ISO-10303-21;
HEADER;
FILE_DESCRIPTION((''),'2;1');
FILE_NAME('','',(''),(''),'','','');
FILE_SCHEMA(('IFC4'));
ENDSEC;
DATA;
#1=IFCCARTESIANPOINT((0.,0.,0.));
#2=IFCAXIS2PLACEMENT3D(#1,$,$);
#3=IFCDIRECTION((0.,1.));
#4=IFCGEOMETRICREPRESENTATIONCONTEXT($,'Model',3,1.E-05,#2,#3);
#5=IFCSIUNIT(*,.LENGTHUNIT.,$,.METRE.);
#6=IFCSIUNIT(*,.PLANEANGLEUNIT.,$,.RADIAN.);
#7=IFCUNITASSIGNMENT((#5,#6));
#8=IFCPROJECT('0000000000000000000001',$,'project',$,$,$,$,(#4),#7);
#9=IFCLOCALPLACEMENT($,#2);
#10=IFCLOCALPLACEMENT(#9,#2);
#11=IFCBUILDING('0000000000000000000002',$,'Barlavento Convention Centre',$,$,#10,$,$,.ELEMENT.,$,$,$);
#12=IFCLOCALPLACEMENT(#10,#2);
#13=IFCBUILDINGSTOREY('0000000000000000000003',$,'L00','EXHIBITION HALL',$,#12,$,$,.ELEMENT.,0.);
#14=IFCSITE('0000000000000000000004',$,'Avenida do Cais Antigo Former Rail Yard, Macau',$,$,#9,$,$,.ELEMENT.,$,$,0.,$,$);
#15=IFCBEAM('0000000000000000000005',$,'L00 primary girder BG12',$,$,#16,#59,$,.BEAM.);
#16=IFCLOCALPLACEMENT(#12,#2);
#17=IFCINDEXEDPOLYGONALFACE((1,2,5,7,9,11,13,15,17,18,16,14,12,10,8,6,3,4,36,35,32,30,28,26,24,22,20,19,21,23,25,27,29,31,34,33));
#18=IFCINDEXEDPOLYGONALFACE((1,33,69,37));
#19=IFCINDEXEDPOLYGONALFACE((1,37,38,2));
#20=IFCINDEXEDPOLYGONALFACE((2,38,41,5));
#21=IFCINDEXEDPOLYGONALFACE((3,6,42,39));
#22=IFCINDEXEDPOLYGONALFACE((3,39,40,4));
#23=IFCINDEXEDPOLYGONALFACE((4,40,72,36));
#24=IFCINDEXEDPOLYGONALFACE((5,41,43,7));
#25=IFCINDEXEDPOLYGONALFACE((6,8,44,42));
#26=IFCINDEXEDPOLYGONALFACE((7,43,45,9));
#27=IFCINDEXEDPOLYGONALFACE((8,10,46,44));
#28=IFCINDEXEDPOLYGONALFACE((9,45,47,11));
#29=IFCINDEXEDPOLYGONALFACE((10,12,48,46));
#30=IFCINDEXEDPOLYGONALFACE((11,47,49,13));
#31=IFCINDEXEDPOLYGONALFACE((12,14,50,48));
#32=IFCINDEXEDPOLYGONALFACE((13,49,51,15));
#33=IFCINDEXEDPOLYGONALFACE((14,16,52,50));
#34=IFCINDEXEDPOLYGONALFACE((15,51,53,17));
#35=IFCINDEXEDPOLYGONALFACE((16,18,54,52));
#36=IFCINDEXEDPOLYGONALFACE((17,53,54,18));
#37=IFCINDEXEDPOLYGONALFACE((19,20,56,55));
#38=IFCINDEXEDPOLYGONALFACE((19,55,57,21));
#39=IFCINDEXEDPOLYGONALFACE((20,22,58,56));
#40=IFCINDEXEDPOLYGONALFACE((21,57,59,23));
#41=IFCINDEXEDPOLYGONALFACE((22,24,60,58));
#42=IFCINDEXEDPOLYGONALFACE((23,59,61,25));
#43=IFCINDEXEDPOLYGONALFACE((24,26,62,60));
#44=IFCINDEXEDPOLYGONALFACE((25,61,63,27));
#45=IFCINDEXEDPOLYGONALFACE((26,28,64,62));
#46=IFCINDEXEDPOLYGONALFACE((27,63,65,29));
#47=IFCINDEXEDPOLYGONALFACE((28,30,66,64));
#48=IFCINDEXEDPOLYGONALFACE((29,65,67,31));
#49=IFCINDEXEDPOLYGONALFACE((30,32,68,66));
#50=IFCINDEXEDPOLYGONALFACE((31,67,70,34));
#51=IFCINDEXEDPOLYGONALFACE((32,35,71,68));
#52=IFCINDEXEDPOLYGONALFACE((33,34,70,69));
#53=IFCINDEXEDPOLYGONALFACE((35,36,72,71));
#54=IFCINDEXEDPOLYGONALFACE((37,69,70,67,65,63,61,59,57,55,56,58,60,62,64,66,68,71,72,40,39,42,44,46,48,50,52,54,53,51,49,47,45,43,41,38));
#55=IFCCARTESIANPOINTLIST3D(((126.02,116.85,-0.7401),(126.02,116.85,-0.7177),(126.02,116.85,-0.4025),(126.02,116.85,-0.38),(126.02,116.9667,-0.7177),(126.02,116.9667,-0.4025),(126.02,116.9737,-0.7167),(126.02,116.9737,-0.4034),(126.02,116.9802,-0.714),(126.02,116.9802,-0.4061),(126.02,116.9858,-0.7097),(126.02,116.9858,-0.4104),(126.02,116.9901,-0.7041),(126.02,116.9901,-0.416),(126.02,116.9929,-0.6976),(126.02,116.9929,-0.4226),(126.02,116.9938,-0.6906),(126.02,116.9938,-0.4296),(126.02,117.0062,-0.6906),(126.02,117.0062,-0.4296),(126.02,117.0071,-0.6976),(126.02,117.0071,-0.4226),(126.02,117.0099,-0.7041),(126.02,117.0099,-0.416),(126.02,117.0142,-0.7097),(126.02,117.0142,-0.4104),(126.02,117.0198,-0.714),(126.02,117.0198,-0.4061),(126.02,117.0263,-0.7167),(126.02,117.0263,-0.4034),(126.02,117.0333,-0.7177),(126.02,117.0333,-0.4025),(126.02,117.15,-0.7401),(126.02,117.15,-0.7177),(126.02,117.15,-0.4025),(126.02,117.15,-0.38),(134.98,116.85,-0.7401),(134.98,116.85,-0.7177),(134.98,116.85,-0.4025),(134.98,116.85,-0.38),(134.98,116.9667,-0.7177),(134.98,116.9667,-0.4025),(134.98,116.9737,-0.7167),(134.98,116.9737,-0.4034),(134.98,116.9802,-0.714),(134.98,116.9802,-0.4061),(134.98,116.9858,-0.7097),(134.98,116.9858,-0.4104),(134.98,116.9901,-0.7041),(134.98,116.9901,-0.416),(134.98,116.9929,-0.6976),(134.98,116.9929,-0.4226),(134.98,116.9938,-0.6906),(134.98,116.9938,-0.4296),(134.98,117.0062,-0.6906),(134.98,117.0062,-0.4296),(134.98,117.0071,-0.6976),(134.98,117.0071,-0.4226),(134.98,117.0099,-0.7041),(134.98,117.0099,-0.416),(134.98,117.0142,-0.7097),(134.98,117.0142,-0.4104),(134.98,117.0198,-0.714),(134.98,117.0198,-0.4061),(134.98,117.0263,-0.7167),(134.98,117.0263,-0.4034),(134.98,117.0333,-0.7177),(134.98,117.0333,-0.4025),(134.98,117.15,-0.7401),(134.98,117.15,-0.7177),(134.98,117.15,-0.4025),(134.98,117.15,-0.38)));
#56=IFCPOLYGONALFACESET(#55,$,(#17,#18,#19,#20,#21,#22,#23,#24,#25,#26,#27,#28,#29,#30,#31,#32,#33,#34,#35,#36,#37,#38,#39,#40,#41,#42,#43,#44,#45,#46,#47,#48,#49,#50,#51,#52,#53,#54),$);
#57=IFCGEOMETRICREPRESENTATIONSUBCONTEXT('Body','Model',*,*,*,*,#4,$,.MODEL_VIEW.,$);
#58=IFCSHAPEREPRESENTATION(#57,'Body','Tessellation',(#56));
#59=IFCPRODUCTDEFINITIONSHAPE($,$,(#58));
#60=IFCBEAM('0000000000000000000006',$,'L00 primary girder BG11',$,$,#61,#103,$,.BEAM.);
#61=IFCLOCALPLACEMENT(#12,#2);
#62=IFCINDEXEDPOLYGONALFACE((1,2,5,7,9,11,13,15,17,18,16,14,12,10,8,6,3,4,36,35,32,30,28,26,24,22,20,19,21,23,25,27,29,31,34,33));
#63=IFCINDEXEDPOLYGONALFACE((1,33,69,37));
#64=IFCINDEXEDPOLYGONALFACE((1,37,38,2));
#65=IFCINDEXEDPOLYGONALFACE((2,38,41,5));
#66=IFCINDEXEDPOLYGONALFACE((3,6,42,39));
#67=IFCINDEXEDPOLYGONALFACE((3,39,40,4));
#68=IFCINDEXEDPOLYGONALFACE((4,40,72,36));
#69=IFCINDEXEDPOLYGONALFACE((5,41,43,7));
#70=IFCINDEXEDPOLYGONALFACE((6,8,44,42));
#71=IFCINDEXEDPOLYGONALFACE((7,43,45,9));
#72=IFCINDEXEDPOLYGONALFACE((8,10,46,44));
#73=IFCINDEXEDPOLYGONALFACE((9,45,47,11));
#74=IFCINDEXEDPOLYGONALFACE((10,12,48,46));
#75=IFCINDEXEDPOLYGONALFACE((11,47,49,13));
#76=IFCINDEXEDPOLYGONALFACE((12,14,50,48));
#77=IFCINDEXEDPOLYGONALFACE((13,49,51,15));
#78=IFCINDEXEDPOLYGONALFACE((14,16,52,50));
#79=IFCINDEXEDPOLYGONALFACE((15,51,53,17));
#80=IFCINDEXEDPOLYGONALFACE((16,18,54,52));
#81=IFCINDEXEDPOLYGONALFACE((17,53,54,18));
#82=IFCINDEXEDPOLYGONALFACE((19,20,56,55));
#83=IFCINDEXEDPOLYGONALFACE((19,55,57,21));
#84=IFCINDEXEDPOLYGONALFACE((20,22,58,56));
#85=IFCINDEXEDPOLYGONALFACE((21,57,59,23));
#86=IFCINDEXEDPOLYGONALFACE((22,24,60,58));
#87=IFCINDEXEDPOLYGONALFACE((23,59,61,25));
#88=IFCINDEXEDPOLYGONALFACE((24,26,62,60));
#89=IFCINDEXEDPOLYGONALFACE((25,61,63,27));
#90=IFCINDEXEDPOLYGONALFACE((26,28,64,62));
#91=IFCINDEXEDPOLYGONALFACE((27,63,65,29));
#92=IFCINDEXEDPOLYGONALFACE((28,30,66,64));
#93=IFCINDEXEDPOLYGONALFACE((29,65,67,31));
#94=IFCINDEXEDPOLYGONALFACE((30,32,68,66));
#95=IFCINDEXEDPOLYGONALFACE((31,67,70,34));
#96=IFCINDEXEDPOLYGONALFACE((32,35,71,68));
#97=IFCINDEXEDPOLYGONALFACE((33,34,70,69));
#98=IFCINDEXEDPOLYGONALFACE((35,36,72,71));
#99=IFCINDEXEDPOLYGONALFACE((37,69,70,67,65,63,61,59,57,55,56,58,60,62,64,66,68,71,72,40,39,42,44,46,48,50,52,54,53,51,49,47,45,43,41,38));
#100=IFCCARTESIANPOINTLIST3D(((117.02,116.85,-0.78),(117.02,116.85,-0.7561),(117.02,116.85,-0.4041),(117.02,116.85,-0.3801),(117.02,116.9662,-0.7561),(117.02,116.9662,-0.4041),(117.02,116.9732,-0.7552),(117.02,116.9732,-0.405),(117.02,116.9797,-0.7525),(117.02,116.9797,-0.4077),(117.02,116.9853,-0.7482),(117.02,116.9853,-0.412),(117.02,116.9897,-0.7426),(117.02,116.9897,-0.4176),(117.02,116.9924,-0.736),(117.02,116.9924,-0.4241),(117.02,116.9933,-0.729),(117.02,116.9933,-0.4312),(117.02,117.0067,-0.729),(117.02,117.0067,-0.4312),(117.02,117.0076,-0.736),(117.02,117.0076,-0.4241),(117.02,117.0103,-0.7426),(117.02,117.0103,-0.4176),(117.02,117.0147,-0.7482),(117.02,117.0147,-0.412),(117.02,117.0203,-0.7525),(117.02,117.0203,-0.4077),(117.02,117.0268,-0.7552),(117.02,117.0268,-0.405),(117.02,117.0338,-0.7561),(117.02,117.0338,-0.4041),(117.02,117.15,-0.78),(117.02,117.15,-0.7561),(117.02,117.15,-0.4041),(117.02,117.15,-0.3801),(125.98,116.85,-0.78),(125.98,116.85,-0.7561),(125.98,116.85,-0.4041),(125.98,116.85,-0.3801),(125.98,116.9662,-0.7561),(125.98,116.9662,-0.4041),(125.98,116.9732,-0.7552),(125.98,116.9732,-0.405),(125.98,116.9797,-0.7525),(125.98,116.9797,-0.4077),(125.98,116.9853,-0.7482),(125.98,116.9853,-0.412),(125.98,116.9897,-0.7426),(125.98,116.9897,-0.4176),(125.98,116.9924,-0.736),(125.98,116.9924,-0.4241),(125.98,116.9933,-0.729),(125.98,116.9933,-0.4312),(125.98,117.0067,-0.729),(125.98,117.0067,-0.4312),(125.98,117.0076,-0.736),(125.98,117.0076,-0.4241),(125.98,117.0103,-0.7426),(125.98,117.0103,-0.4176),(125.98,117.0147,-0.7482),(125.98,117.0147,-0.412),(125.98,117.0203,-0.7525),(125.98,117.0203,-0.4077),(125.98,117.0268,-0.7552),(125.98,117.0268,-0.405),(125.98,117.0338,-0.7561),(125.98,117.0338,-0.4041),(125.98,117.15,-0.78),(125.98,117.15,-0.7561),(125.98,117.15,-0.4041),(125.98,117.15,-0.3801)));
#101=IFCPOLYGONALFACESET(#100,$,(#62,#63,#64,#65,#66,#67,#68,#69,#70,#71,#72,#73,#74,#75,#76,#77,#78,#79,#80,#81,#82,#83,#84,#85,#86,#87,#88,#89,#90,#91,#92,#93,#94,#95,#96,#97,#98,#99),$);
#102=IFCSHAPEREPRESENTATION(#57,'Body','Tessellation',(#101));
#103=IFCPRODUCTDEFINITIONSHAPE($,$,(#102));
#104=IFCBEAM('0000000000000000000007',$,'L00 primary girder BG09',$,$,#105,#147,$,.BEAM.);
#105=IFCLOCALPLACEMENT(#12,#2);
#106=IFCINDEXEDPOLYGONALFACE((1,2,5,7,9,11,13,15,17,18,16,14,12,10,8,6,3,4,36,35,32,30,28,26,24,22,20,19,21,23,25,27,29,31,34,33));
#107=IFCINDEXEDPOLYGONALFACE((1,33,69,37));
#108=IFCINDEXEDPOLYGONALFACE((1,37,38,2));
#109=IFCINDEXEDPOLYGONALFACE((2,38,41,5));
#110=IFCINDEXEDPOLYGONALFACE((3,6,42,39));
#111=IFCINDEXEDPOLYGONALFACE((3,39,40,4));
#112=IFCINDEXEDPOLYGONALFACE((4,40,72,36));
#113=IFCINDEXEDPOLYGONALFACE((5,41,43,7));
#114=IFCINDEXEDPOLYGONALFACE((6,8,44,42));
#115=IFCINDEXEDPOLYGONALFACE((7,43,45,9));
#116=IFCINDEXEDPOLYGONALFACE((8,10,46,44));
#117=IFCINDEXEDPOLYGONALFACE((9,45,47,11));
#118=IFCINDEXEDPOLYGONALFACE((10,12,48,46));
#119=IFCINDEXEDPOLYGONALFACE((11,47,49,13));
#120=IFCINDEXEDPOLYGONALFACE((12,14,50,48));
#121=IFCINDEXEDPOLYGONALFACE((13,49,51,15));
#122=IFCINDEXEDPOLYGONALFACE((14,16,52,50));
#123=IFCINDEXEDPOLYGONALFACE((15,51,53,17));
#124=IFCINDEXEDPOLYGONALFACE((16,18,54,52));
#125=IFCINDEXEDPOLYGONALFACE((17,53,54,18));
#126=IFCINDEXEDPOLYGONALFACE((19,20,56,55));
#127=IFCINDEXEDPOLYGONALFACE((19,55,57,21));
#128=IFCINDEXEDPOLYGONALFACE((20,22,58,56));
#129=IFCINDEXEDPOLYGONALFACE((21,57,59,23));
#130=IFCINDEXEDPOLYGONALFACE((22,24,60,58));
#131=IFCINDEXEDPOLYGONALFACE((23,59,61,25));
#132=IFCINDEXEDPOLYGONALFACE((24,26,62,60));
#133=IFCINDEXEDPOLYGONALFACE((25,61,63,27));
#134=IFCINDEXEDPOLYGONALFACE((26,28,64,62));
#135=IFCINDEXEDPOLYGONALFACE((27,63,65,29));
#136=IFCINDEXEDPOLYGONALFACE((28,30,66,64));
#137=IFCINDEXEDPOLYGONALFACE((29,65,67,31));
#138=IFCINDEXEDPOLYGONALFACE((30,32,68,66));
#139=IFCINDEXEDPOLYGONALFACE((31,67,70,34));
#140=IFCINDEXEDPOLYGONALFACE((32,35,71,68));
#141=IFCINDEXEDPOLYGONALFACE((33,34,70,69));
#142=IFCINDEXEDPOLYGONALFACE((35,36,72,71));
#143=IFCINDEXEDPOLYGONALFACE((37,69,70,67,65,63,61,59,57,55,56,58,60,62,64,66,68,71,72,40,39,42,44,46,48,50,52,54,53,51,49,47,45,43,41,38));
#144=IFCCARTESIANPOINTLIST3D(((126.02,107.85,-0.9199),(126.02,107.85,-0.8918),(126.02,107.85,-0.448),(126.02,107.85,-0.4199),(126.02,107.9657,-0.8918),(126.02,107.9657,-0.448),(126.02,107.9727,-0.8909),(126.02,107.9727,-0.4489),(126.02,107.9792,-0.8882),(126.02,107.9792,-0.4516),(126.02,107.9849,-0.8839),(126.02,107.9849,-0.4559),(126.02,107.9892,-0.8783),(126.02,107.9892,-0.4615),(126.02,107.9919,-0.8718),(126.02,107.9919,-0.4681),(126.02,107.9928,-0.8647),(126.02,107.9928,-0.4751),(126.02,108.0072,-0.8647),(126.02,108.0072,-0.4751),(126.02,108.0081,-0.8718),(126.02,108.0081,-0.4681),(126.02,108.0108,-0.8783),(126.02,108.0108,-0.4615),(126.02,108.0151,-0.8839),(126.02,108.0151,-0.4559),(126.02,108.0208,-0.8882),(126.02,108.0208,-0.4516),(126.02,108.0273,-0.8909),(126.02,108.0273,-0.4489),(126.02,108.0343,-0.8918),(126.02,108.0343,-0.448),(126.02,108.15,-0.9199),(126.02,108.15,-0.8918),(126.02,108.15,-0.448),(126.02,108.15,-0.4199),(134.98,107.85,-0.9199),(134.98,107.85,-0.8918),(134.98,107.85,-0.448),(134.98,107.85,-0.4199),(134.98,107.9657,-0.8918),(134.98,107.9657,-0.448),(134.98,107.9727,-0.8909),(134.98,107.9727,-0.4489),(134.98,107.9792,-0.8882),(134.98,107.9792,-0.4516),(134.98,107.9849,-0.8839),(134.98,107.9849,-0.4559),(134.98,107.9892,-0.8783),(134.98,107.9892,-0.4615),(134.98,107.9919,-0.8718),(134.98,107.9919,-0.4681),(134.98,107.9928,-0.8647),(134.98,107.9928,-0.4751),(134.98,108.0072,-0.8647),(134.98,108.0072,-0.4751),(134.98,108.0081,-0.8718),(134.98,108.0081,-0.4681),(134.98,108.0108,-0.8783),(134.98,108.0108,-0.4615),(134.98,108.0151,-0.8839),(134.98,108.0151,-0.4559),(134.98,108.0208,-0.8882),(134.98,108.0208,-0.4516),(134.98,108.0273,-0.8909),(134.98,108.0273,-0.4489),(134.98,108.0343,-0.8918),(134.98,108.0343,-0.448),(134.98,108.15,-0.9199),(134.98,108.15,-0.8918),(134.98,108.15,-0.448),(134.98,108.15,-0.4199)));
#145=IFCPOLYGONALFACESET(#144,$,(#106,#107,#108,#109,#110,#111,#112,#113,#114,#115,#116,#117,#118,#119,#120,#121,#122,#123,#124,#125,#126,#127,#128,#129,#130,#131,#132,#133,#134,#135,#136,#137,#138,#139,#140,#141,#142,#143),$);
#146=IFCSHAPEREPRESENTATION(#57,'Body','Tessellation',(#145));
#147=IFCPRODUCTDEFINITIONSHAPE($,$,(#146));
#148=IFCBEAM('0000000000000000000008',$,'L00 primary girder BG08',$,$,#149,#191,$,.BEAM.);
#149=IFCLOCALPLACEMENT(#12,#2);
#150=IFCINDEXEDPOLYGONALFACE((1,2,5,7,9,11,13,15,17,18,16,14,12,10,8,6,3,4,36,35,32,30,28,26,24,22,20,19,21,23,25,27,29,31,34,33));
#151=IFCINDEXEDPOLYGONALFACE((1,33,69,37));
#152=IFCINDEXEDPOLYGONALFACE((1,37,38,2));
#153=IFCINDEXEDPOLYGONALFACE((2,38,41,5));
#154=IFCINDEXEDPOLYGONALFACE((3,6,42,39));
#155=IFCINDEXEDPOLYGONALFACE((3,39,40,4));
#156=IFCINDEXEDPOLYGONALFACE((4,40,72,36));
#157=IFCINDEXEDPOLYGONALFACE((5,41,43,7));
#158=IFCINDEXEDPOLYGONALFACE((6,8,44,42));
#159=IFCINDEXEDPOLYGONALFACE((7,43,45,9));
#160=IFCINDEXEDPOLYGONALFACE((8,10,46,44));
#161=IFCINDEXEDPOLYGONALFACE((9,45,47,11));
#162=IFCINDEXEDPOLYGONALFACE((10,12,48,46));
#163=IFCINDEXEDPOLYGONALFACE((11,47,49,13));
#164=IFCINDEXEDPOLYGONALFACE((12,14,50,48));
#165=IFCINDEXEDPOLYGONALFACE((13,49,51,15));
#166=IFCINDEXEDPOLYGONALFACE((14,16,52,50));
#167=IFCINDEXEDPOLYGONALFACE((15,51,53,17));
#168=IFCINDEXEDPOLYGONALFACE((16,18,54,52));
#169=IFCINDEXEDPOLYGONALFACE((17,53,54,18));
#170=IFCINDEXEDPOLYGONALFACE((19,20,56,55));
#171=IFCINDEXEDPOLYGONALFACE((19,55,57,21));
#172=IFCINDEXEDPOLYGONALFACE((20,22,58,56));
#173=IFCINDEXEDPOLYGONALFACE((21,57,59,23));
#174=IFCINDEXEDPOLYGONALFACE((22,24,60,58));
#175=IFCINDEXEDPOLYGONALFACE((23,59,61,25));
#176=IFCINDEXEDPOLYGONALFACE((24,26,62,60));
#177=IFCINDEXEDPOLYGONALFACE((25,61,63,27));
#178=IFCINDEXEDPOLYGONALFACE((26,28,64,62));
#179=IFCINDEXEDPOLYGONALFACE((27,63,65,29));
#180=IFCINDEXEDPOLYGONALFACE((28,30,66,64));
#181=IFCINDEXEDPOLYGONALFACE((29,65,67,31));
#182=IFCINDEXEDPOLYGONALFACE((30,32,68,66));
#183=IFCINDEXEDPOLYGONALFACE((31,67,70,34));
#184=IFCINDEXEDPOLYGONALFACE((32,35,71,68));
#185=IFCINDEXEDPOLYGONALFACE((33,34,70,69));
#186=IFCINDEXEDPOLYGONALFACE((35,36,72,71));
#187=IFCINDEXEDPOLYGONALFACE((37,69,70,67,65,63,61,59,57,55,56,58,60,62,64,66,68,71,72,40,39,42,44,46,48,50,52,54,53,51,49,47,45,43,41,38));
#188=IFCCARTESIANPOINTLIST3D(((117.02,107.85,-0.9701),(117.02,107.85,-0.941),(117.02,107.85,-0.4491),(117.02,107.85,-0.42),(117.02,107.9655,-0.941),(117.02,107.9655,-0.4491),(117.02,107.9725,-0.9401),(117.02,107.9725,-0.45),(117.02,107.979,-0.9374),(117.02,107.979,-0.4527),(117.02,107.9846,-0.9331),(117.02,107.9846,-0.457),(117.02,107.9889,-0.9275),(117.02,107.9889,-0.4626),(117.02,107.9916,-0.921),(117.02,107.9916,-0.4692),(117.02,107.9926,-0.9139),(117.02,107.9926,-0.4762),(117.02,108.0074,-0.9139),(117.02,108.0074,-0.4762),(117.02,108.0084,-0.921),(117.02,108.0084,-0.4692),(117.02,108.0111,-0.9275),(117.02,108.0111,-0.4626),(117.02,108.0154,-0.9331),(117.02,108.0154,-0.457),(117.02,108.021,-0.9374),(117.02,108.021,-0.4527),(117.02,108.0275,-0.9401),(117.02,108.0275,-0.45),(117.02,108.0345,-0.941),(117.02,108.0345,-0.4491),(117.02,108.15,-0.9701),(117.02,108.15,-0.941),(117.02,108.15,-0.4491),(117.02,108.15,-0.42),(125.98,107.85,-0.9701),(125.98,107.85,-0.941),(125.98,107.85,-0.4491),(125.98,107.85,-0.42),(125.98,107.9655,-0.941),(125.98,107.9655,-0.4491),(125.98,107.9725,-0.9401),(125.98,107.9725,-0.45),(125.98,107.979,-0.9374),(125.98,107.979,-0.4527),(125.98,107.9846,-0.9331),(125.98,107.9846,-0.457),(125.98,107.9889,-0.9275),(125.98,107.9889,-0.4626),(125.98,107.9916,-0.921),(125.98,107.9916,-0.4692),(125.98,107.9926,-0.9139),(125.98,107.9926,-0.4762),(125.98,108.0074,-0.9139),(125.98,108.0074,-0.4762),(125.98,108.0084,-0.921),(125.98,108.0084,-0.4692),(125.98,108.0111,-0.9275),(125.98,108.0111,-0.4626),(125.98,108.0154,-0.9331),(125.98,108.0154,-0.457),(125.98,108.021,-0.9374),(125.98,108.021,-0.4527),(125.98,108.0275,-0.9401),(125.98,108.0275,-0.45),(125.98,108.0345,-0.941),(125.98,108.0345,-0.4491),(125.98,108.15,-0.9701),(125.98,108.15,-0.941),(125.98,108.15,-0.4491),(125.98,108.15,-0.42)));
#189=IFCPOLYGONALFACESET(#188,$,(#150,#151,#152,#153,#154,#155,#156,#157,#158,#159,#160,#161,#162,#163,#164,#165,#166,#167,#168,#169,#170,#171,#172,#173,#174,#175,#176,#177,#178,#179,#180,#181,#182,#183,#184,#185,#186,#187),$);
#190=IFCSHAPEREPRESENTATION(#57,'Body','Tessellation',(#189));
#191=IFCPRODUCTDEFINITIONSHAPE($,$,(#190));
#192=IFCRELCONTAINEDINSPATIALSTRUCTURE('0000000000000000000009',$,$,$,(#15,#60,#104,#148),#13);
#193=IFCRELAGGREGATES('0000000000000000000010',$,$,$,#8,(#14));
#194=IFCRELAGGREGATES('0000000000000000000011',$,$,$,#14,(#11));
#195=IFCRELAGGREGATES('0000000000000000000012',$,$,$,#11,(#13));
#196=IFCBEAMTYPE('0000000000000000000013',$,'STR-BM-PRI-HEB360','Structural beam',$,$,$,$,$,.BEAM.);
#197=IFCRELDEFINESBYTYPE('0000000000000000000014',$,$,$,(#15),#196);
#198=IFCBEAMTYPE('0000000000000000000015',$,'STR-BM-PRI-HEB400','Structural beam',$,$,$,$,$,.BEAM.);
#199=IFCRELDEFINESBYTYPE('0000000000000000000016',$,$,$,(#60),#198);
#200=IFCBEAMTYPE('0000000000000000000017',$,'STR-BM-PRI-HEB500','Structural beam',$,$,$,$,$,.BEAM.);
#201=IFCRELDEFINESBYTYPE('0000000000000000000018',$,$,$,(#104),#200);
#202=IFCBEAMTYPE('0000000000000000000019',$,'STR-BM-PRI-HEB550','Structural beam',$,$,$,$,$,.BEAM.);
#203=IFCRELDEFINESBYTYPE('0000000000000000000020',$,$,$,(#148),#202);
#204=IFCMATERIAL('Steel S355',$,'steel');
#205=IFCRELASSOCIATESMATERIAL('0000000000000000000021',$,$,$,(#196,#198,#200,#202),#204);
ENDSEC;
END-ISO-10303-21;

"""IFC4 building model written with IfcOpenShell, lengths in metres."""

from ifc_helpers import new_model, si_unit, direction, frame, origin, origin_2d, place, context, subcontext, project, spatial, i_section, extrude, material, material_profile, profile_set, type_object, element, save


model = new_model("IFC4")

# Units and contexts
model_context = context("Model", 3, precision=1e-05, world=origin(), true_north=direction((0.0, 1.0)))
body_context = subcontext(model_context, "Body", "Model", "MODEL_VIEW")
ifc_project = project(units=[si_unit("LENGTHUNIT", "METRE"), si_unit("PLANEANGLEUNIT", "RADIAN")], contexts=[model_context])

# Site, building, storey
site_placement = place(None, origin())
site = spatial("IfcSite", under=ifc_project, at=site_placement, Name="Avenida do Cais Antigo Former Rail Yard, Macau", CompositionType="ELEMENT", RefElevation=0.0)
building_placement = place(site_placement, origin())
building = spatial("IfcBuilding", under=site, at=building_placement, Name="Barlavento Convention Centre", CompositionType="ELEMENT")
storey_placement = place(building_placement, origin())
storey = spatial("IfcBuildingStorey", under=building, at=storey_placement, Name="L00", Description="EXHIBITION HALL", CompositionType="ELEMENT", Elevation=0.0)

# Beams
ifc_material_1 = material(Name="Steel S355", Category="steel")
ifc_material_profile_1 = material_profile(ifc_material_1, i_section(OverallWidth=0.3, OverallDepth=0.3601, WebThickness=0.0125, FlangeThickness=0.0225, FilletRadius=0.0271, at=origin_2d()), Name="HEB 360")
ifc_profile_set_1 = profile_set([ifc_material_profile_1], Name="Steel S355")
beam_type_1 = type_object("IfcBeamType", Name="STR-BM-PRI-HEB360", Description="Structural beam", PredefinedType="BEAM", material=ifc_profile_set_1)
beam_1_placement = place(storey_placement, frame((126.02, 117.0, -0.5601), z_axis=(1.0, 0.0, 0.0), x_axis=(0.0, 1.0, 0.0)))
element("IfcBeam", 1, at=beam_1_placement, inside=storey, type_object=beam_type_1, Name="L00 primary girder BG12", PredefinedType="BEAM", context=body_context, shape_type="SweptSolid", body=[
    extrude(i_section(OverallWidth=0.3, OverallDepth=0.3601, WebThickness=0.0125, FlangeThickness=0.0225, FilletRadius=0.0271, at=origin_2d()), origin(), (0.0, 0.0, 1.0), 8.96),
])
ifc_material_profile_2 = material_profile(ifc_material_1, i_section(OverallWidth=0.3, OverallDepth=0.3999, WebThickness=0.0134, FlangeThickness=0.0239, FilletRadius=0.0271, at=origin_2d()), Name="HEB 400")
ifc_profile_set_2 = profile_set([ifc_material_profile_2], Name="Steel S355")
beam_type_2 = type_object("IfcBeamType", Name="STR-BM-PRI-HEB400", Description="Structural beam", PredefinedType="BEAM", material=ifc_profile_set_2)
beam_2_placement = place(storey_placement, frame((117.02, 117.0, -0.5801), z_axis=(1.0, 0.0, 0.0), x_axis=(0.0, 1.0, 0.0)))
element("IfcBeam", 2, at=beam_2_placement, inside=storey, type_object=beam_type_2, Name="L00 primary girder BG11", PredefinedType="BEAM", context=body_context, shape_type="SweptSolid", body=[
    extrude(i_section(OverallWidth=0.3, OverallDepth=0.3999, WebThickness=0.0134, FlangeThickness=0.0239, FilletRadius=0.0271, at=origin_2d()), origin(), (0.0, 0.0, 1.0), 8.96),
])
ifc_material_profile_3 = material_profile(ifc_material_1, i_section(OverallWidth=0.3, OverallDepth=0.5, WebThickness=0.0144, FlangeThickness=0.0281, FilletRadius=0.0271, at=origin_2d()), Name="HEB 500")
ifc_profile_set_3 = profile_set([ifc_material_profile_3], Name="Steel S355")
beam_type_3 = type_object("IfcBeamType", Name="STR-BM-PRI-HEB500", Description="Structural beam", PredefinedType="BEAM", material=ifc_profile_set_3)
beam_3_placement = place(storey_placement, frame((126.02, 108.0, -0.6699), z_axis=(1.0, 0.0, 0.0), x_axis=(0.0, 1.0, 0.0)))
element("IfcBeam", 3, at=beam_3_placement, inside=storey, type_object=beam_type_3, Name="L00 primary girder BG09", PredefinedType="BEAM", context=body_context, shape_type="SweptSolid", body=[
    extrude(i_section(OverallWidth=0.3, OverallDepth=0.5, WebThickness=0.0144, FlangeThickness=0.0281, FilletRadius=0.0271, at=origin_2d()), origin(), (0.0, 0.0, 1.0), 8.96),
])
ifc_material_profile_4 = material_profile(ifc_material_1, i_section(OverallWidth=0.3, OverallDepth=0.55, WebThickness=0.0149, FlangeThickness=0.0291, FilletRadius=0.0271, at=origin_2d()), Name="HEB 550")
ifc_profile_set_4 = profile_set([ifc_material_profile_4], Name="Steel S355")
beam_type_4 = type_object("IfcBeamType", Name="STR-BM-PRI-HEB550", Description="Structural beam", PredefinedType="BEAM", material=ifc_profile_set_4)
beam_4_placement = place(storey_placement, frame((117.02, 108.0, -0.6951), z_axis=(1.0, 0.0, 0.0), x_axis=(0.0, 1.0, 0.0)))
element("IfcBeam", 4, at=beam_4_placement, inside=storey, type_object=beam_type_4, Name="L00 primary girder BG08", PredefinedType="BEAM", context=body_context, shape_type="SweptSolid", body=[
    extrude(i_section(OverallWidth=0.3, OverallDepth=0.55, WebThickness=0.0149, FlangeThickness=0.0291, FilletRadius=0.0271, at=origin_2d()), origin(), (0.0, 0.0, 1.0), 8.96),
])

save(model, "model.ifc")
